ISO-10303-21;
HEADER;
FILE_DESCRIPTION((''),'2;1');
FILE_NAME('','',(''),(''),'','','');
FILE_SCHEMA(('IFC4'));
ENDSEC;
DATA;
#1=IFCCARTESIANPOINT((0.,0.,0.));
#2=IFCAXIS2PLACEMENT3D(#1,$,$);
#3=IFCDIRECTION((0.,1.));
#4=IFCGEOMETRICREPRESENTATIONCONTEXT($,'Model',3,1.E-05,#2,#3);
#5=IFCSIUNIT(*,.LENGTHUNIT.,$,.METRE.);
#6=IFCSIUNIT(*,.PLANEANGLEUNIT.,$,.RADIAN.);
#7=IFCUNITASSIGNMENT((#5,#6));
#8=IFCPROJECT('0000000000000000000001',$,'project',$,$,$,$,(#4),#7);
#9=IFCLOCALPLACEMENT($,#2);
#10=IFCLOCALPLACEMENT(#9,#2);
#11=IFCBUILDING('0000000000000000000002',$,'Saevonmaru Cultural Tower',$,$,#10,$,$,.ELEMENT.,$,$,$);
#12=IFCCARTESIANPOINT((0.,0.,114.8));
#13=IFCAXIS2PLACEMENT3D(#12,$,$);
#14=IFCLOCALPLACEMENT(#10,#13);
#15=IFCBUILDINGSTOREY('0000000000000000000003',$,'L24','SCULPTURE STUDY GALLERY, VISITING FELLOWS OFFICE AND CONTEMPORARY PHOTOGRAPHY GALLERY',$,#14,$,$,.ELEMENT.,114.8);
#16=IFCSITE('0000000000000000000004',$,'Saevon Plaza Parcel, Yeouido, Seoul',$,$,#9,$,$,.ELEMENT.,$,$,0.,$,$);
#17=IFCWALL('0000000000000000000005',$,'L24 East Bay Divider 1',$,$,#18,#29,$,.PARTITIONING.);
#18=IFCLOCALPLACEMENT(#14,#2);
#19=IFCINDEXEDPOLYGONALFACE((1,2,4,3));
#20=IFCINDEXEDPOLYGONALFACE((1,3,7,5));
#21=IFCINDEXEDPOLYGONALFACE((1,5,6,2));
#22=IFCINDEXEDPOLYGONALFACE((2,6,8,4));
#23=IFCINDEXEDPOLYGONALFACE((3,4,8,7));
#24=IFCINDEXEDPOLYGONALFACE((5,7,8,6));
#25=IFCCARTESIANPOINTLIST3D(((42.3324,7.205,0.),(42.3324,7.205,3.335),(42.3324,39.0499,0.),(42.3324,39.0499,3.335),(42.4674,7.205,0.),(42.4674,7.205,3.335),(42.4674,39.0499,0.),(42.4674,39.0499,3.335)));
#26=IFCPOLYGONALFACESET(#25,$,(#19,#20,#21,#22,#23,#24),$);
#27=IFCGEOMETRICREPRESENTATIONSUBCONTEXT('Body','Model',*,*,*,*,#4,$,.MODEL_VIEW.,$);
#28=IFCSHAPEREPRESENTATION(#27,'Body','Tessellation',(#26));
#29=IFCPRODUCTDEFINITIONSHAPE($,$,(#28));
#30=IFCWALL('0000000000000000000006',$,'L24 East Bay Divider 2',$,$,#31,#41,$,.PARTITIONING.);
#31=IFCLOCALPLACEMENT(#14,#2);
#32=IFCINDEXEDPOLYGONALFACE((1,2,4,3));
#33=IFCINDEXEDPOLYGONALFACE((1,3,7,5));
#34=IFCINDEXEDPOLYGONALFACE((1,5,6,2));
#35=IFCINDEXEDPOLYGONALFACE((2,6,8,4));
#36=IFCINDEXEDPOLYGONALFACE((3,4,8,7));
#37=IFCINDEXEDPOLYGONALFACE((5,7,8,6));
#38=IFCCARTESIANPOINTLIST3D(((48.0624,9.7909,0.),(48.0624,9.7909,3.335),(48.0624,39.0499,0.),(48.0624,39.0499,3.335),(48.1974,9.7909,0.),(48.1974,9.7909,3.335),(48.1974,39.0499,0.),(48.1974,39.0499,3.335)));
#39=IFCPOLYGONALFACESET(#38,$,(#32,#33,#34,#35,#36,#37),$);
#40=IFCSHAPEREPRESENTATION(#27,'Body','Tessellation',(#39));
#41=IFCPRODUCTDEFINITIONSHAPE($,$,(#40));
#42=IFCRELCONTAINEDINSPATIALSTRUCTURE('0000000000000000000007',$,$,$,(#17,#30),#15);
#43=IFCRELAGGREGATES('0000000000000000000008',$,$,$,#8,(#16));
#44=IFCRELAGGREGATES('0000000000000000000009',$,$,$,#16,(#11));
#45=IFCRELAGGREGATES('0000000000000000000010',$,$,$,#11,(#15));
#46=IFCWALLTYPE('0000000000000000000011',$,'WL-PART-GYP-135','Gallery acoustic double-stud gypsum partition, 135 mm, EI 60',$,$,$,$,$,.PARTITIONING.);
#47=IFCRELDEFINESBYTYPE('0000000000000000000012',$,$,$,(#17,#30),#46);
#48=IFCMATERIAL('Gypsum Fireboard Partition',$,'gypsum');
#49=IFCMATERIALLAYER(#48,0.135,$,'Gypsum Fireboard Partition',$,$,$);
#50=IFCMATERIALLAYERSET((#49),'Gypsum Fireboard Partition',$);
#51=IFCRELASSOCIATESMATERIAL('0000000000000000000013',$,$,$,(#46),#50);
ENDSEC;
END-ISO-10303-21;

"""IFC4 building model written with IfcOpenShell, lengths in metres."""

from ifc_helpers import new_model, si_unit, direction, frame, frame_2d, origin, place, context, subcontext, project, spatial, rectangle, extrude, material, layer, layer_set, type_object, element, save


model = new_model("IFC4")

# Units and contexts
model_context = context("Model", 3, precision=1e-05, world=origin(), true_north=direction((0.0, 1.0)))
body_context = subcontext(model_context, "Body", "Model", "MODEL_VIEW")
ifc_project = project(units=[si_unit("LENGTHUNIT", "METRE"), si_unit("PLANEANGLEUNIT", "RADIAN")], contexts=[model_context])

# Site, building, storey
site_placement = place(None, origin())
site = spatial("IfcSite", under=ifc_project, at=site_placement, Name="Saevon Plaza Parcel, Yeouido, Seoul", CompositionType="ELEMENT", RefElevation=0.0)
building_placement = place(site_placement, origin())
building = spatial("IfcBuilding", under=site, at=building_placement, Name="Saevonmaru Cultural Tower", CompositionType="ELEMENT")
storey_placement = place(building_placement, frame((0.0, 0.0, 114.8)))
storey = spatial("IfcBuildingStorey", under=building, at=storey_placement, Name="L24", Description="SCULPTURE STUDY GALLERY, VISITING FELLOWS OFFICE AND CONTEMPORARY PHOTOGRAPHY GALLERY", CompositionType="ELEMENT", Elevation=114.8)

# Walls
ifc_material_1 = material(Name="Gypsum Fireboard Partition", Category="gypsum")
ifc_layer_1 = layer(ifc_material_1, 0.135, Name="Gypsum Fireboard Partition")
ifc_layer_set_1 = layer_set([ifc_layer_1], Name="Gypsum Fireboard Partition")
wall_type_1 = type_object("IfcWallType", Name="WL-PART-GYP-135", Description="Gallery acoustic double-stud gypsum partition, 135 mm, EI 60", PredefinedType="PARTITIONING", material=ifc_layer_set_1)
wall_1_placement = place(storey_placement, frame((42.3999, 7.2051, 0.0), z_axis=(0.0, 0.0, 1.0), x_axis=(0.0, 1.0, 0.0)))
element("IfcWall", 1, at=wall_1_placement, inside=storey, type_object=wall_type_1, Name="L24 East Bay Divider 1", PredefinedType="PARTITIONING", context=body_context, shape_type="SweptSolid", body=[
    extrude(rectangle(XDim=31.845, YDim=0.135, at=frame_2d((15.9224, 0.0))), origin(), (0.0, 0.0, 1.0), 3.335),
])
wall_2_placement = place(storey_placement, frame((48.1299, 9.791, 0.0), z_axis=(0.0, 0.0, 1.0), x_axis=(0.0, 1.0, 0.0)))
element("IfcWall", 2, at=wall_2_placement, inside=storey, type_object=wall_type_1, Name="L24 East Bay Divider 2", PredefinedType="PARTITIONING", context=body_context, shape_type="SweptSolid", body=[
    extrude(rectangle(XDim=29.259, YDim=0.135, at=frame_2d((14.6294, 0.0))), origin(), (0.0, 0.0, 1.0), 3.335),
])

save(model, "model.ifc")
